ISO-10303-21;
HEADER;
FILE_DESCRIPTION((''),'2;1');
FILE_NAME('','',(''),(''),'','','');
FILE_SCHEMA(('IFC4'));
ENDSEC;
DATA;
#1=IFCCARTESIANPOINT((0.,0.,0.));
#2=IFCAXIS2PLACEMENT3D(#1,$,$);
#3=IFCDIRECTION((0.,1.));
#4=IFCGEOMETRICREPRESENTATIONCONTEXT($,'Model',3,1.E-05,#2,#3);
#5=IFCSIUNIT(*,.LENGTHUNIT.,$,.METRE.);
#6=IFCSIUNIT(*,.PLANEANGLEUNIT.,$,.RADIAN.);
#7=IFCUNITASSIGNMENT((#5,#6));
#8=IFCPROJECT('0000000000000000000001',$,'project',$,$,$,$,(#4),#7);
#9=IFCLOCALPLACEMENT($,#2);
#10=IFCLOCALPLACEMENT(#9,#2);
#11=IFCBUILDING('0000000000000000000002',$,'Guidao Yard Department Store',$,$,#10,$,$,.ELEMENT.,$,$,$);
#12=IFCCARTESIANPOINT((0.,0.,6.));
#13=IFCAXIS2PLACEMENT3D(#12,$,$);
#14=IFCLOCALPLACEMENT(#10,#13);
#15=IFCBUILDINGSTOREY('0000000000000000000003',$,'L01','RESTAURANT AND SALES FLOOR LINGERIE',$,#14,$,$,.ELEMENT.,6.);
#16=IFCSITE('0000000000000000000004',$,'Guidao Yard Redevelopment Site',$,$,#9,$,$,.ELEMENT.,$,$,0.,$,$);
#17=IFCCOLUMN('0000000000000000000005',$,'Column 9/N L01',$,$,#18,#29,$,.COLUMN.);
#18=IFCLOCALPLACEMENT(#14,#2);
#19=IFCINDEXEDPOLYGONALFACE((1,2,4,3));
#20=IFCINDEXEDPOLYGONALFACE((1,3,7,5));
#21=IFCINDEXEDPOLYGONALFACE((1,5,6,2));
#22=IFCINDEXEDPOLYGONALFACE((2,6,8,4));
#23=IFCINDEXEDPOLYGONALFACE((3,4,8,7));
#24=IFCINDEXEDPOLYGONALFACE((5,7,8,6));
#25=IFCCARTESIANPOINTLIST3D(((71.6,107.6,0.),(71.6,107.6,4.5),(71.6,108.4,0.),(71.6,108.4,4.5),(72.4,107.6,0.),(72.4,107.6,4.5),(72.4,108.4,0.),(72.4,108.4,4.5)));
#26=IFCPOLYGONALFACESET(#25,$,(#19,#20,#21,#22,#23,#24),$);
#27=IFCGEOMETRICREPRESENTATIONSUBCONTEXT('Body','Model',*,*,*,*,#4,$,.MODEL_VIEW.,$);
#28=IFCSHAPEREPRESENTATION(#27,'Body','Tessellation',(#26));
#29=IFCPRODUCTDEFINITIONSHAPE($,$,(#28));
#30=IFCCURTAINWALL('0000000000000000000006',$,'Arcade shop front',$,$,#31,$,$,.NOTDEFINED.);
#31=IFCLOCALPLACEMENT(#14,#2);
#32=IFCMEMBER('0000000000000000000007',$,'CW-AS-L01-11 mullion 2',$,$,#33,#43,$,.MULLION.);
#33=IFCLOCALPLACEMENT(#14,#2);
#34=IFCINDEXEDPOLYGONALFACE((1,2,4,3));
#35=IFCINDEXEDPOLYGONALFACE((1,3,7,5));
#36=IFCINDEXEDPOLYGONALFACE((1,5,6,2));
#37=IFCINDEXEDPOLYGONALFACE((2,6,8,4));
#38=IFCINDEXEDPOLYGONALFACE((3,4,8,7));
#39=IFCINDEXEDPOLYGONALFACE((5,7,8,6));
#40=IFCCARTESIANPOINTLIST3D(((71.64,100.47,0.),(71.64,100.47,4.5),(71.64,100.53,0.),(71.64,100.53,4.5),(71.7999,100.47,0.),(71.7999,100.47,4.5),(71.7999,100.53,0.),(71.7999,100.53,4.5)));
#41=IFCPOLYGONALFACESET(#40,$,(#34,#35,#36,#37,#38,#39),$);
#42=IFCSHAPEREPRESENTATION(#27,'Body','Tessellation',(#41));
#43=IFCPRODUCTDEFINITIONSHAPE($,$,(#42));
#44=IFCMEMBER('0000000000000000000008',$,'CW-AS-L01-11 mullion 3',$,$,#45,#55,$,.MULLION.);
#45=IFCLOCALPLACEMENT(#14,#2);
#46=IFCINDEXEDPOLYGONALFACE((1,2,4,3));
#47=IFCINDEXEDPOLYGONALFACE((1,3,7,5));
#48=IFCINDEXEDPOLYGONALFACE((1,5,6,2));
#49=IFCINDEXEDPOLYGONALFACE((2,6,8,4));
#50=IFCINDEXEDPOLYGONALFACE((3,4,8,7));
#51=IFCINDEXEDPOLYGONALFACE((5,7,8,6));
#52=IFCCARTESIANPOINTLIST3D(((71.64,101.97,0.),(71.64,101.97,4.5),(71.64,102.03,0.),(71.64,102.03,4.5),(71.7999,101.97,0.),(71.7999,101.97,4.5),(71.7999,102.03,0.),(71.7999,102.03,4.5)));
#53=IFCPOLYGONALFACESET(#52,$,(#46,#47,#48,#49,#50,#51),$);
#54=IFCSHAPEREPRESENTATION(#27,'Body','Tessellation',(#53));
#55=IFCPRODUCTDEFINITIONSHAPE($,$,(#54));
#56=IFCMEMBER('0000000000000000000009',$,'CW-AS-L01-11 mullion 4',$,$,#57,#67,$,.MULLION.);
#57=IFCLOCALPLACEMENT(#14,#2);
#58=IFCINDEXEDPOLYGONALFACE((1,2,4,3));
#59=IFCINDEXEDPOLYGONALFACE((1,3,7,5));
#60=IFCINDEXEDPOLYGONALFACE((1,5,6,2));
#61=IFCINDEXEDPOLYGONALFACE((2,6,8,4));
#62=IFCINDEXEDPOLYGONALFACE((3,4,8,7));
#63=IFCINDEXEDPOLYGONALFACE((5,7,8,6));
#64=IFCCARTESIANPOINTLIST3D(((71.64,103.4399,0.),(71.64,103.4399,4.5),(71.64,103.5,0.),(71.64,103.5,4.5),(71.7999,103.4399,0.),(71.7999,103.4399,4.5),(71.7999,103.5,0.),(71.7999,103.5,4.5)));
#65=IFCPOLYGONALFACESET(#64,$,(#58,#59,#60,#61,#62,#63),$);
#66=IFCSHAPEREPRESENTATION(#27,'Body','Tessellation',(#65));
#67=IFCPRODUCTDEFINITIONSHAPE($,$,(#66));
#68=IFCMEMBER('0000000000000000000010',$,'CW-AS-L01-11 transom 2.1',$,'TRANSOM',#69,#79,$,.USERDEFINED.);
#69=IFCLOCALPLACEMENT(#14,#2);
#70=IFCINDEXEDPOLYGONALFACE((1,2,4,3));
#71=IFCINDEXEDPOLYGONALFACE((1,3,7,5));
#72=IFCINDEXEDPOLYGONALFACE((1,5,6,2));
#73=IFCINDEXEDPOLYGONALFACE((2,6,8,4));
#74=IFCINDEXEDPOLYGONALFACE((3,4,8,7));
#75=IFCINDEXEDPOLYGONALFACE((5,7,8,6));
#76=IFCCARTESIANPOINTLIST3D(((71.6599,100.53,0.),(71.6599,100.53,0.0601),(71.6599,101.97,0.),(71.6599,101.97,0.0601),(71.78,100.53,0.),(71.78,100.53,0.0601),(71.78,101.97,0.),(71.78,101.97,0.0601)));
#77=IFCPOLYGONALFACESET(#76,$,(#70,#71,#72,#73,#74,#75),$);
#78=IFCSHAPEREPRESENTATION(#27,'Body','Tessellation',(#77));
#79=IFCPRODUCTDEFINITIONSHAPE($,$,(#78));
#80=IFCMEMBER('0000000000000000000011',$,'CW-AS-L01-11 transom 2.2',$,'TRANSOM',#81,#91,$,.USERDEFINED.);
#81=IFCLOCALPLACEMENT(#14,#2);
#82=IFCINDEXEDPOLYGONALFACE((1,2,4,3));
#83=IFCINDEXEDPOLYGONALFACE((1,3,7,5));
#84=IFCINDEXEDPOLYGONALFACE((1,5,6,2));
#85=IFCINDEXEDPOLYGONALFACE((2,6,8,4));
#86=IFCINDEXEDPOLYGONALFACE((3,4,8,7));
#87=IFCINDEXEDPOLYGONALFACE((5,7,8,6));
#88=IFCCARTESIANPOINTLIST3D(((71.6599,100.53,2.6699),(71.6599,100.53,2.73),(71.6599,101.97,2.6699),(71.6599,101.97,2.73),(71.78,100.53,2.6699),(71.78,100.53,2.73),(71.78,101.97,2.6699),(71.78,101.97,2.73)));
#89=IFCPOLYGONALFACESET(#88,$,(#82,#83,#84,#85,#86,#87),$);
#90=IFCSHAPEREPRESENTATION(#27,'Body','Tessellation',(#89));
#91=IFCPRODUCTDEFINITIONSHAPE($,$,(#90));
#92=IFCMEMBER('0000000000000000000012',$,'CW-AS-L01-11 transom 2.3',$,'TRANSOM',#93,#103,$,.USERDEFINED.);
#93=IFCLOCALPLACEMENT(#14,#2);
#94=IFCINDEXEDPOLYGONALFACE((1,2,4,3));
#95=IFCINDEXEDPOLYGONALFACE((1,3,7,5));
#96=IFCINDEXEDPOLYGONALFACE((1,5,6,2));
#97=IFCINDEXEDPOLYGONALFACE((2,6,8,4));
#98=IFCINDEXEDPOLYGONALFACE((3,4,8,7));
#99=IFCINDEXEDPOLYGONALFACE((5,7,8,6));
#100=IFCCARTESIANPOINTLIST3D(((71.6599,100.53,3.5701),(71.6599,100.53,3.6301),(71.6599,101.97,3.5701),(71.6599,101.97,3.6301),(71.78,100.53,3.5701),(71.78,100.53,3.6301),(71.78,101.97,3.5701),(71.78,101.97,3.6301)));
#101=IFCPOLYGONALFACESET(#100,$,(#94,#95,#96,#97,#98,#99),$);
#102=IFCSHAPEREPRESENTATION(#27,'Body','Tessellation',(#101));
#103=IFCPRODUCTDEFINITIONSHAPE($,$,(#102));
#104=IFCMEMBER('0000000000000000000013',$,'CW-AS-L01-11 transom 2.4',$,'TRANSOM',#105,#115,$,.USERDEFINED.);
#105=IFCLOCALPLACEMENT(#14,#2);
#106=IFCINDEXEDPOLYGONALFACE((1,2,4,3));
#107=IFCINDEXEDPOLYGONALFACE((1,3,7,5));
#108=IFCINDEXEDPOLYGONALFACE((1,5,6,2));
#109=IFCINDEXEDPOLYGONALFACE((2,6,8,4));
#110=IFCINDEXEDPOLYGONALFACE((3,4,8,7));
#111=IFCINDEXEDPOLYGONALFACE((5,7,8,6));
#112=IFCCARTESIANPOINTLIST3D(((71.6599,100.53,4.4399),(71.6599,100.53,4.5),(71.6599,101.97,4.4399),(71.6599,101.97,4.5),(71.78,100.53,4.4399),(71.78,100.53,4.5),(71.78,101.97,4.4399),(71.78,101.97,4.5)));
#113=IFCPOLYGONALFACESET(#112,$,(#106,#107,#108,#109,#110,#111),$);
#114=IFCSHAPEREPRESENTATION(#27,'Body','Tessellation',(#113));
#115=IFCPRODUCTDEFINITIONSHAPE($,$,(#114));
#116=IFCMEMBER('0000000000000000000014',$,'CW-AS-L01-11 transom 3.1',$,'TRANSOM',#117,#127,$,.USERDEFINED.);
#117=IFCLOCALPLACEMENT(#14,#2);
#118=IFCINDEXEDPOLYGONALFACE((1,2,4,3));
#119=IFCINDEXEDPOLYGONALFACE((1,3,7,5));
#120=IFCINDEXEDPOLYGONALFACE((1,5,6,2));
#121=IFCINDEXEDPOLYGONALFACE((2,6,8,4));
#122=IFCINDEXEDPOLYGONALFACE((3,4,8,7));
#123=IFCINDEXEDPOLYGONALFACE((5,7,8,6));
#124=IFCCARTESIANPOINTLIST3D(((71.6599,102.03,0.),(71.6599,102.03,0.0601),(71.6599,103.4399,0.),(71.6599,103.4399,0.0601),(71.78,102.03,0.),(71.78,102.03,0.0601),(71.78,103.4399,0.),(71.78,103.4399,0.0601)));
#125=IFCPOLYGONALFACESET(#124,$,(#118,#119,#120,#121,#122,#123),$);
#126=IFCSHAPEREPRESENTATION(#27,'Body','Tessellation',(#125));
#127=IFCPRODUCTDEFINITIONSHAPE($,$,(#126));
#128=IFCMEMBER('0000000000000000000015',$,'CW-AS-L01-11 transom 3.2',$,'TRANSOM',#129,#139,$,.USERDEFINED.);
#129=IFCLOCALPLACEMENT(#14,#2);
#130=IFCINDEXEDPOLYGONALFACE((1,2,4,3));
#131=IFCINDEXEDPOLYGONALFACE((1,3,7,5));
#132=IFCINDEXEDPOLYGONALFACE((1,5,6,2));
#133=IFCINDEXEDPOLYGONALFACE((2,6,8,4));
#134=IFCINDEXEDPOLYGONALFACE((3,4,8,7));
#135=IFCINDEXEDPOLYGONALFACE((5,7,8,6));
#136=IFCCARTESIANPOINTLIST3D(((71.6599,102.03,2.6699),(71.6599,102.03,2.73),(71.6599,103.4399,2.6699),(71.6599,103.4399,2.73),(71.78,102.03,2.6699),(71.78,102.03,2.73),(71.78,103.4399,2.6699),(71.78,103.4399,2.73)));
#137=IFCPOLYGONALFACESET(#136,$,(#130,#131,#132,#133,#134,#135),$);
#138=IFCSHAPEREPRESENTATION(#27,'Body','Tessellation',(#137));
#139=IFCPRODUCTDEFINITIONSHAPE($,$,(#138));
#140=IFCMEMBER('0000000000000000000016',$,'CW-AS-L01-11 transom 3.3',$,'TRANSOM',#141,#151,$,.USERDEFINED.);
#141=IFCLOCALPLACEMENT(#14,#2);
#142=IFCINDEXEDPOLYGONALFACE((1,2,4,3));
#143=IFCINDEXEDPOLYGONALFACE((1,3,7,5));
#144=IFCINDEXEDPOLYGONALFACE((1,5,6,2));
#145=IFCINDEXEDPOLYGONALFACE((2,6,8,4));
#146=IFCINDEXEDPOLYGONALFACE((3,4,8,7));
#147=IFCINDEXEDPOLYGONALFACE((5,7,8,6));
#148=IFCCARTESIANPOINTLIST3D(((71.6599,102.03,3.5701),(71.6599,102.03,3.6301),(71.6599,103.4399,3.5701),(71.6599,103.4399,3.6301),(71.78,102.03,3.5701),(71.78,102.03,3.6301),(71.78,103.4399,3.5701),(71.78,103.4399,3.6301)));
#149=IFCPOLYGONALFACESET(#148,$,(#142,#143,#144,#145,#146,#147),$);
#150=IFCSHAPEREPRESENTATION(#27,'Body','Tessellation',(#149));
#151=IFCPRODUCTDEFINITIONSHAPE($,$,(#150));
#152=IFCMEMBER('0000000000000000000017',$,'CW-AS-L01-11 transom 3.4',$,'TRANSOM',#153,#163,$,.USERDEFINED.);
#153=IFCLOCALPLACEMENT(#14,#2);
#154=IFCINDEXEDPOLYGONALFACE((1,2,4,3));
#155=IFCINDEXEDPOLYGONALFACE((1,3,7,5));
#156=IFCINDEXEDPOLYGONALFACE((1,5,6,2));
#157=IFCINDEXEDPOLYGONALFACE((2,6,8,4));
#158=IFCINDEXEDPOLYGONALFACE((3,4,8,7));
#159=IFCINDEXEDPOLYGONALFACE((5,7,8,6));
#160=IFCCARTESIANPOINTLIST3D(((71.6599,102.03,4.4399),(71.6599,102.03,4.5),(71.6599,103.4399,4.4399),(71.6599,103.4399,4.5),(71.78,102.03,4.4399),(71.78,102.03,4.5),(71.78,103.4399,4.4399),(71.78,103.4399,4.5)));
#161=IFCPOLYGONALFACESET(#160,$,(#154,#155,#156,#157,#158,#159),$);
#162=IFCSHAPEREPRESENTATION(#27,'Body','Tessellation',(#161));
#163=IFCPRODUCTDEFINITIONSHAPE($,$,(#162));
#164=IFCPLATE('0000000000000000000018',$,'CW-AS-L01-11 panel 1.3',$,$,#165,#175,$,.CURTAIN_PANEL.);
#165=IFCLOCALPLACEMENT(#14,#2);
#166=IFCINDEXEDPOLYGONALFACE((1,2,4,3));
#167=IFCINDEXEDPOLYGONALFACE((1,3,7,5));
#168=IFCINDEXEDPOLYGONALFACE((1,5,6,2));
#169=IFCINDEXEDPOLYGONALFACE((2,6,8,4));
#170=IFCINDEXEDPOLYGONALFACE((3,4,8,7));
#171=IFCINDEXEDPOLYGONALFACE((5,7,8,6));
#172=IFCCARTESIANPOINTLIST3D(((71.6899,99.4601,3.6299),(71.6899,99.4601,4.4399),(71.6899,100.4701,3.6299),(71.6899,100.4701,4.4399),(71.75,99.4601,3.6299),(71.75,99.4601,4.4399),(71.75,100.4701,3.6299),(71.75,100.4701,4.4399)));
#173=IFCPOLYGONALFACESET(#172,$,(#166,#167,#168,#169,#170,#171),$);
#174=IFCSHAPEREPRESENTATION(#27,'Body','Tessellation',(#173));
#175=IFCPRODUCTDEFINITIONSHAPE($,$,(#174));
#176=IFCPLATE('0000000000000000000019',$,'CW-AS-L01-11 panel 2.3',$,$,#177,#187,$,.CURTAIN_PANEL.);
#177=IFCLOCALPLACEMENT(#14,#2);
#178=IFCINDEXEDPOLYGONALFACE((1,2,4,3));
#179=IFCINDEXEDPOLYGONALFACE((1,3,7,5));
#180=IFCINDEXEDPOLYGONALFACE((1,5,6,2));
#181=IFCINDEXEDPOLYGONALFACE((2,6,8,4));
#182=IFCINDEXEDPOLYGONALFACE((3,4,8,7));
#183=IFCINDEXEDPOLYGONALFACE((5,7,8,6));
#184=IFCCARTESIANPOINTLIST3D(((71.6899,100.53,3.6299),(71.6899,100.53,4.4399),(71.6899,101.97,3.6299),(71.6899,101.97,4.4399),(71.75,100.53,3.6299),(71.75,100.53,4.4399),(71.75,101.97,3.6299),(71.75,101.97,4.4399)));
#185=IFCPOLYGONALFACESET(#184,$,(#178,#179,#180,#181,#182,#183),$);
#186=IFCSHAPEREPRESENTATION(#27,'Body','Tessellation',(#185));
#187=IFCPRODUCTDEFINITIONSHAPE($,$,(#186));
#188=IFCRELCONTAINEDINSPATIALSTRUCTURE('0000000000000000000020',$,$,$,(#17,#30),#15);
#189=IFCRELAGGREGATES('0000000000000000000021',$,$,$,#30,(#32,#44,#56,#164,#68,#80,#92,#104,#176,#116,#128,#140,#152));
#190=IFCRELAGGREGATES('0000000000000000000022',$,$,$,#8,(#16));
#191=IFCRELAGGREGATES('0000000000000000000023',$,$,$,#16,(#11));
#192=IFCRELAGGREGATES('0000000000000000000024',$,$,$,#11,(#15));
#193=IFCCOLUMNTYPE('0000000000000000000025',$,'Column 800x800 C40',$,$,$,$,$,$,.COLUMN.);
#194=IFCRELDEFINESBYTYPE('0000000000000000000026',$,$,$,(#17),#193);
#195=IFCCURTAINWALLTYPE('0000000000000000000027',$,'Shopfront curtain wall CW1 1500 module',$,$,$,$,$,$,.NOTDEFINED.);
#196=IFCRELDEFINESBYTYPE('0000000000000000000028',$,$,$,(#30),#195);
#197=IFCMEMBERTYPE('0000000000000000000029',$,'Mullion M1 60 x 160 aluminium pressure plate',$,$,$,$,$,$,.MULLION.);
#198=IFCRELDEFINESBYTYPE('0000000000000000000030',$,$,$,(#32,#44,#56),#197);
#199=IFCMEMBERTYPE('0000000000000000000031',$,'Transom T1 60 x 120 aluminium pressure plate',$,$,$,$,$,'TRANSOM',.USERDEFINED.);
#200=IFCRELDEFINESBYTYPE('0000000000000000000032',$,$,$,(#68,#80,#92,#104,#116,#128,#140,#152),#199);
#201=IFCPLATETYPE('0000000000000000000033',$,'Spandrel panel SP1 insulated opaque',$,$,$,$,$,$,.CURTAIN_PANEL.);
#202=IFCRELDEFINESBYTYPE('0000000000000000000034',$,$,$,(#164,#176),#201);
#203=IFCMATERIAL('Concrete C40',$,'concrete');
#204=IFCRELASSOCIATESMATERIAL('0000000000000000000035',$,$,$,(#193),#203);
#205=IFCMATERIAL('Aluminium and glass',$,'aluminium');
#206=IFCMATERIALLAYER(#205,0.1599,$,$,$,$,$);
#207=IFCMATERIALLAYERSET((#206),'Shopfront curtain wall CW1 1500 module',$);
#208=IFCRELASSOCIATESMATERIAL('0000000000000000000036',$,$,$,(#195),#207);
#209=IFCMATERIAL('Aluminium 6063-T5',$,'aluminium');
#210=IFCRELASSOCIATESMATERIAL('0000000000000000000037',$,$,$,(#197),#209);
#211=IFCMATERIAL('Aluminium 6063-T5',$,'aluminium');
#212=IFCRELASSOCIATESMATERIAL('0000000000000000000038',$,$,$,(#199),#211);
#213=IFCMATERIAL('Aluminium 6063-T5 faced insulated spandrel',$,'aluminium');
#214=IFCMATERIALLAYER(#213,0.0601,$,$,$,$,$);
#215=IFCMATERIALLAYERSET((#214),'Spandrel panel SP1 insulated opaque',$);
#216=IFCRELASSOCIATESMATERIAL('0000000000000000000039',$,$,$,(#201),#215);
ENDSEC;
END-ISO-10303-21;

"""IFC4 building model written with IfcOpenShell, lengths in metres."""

from ifc_helpers import new_model, si_unit, direction, frame, origin, origin_2d, place, context, subcontext, project, spatial, rectangle, extrude, material, layer, layer_set, material_profile, profile_set, type_object, element, aggregate, save


model = new_model("IFC4")

# Units and contexts
model_context = context("Model", 3, precision=1e-05, world=origin(), true_north=direction((0.0, 1.0)))
body_context = subcontext(model_context, "Body", "Model", "MODEL_VIEW")
ifc_project = project(units=[si_unit("LENGTHUNIT", "METRE"), si_unit("PLANEANGLEUNIT", "RADIAN")], contexts=[model_context])

# Site, building, storey
site_placement = place(None, origin())
site = spatial("IfcSite", under=ifc_project, at=site_placement, Name="Guidao Yard Redevelopment Site", CompositionType="ELEMENT", RefElevation=0.0)
building_placement = place(site_placement, origin())
building = spatial("IfcBuilding", under=site, at=building_placement, Name="Guidao Yard Department Store", CompositionType="ELEMENT")
storey_placement = place(building_placement, frame((0.0, 0.0, 6.0)))
storey = spatial("IfcBuildingStorey", under=building, at=storey_placement, Name="L01", Description="RESTAURANT AND SALES FLOOR LINGERIE", CompositionType="ELEMENT", Elevation=6.0)

# Column
ifc_material_1 = material(Name="Concrete C40", Category="concrete")
ifc_material_profile_1 = material_profile(ifc_material_1, rectangle(XDim=0.8, YDim=0.8, at=origin_2d()), Name="COL 800x800")
ifc_profile_set_1 = profile_set([ifc_material_profile_1], Name="Concrete C40")
column_type = type_object("IfcColumnType", Name="Column 800x800 C40", PredefinedType="COLUMN", material=ifc_profile_set_1)
column_placement = place(storey_placement, frame((72.0, 108.0, 0.0), z_axis=(0.0, 0.0, 1.0), x_axis=(1.0, 0.0, 0.0)))
element("IfcColumn", 1, at=column_placement, inside=storey, type_object=column_type, Name="Column 9/N L01", PredefinedType="COLUMN", context=body_context, shape_type="SweptSolid", body=[
    extrude(rectangle(XDim=0.8, YDim=0.8, at=origin_2d()), origin(), (0.0, 0.0, 1.0), 4.5),
])

# Curtain wall, members, plates
ifc_material_2 = material(Name="Aluminium and glass", Category="aluminium")
ifc_layer_1 = layer(ifc_material_2, 0.1599)
ifc_layer_set_1 = layer_set([ifc_layer_1], Name="Shopfront curtain wall CW1 1500 module")
curtain_wall_type = type_object("IfcCurtainWallType", Name="Shopfront curtain wall CW1 1500 module", PredefinedType="NOTDEFINED", material=ifc_layer_set_1)
curtain_wall_placement = place(storey_placement, origin())
curtain_wall = element("IfcCurtainWall", 2, at=curtain_wall_placement, inside=storey, type_object=curtain_wall_type, Name="Arcade shop front", PredefinedType="NOTDEFINED")
ifc_material_3 = material(Name="Aluminium 6063-T5", Category="aluminium")
ifc_material_profile_2 = material_profile(ifc_material_3, rectangle(XDim=0.0601, YDim=0.1599, at=origin_2d()), Name="Mullion M1 60 x 160 aluminium pressure plate")
ifc_profile_set_2 = profile_set([ifc_material_profile_2], Name="Aluminium 6063-T5")
member_type_1 = type_object("IfcMemberType", Name="Mullion M1 60 x 160 aluminium pressure plate", PredefinedType="MULLION", material=ifc_profile_set_2)
member_1_placement = place(storey_placement, frame((71.72, 100.5, 0.0), z_axis=(0.0, 0.0, 1.0), x_axis=(0.0, 1.0, 0.0)))
member_1 = element("IfcMember", 3, at=member_1_placement, type_object=member_type_1, Name="CW-AS-L01-11 mullion 2", PredefinedType="MULLION", context=body_context, shape_type="SweptSolid", body=[
    extrude(rectangle(XDim=0.0601, YDim=0.1599, at=origin_2d()), origin(), (0.0, 0.0, 1.0), 4.5),
])
member_2_placement = place(storey_placement, frame((71.72, 102.0, 0.0), z_axis=(0.0, 0.0, 1.0), x_axis=(0.0, 1.0, 0.0)))
member_2 = element("IfcMember", 4, at=member_2_placement, type_object=member_type_1, Name="CW-AS-L01-11 mullion 3", PredefinedType="MULLION", context=body_context, shape_type="SweptSolid", body=[
    extrude(rectangle(XDim=0.0601, YDim=0.1599, at=origin_2d()), origin(), (0.0, 0.0, 1.0), 4.5),
])
member_3_placement = place(storey_placement, frame((71.72, 103.47, 0.0), z_axis=(0.0, 0.0, 1.0), x_axis=(0.0, 1.0, 0.0)))
member_3 = element("IfcMember", 5, at=member_3_placement, type_object=member_type_1, Name="CW-AS-L01-11 mullion 4", PredefinedType="MULLION", context=body_context, shape_type="SweptSolid", body=[
    extrude(rectangle(XDim=0.0601, YDim=0.1599, at=origin_2d()), origin(), (0.0, 0.0, 1.0), 4.5),
])
ifc_material_4 = material(Name="Aluminium 6063-T5", Category="aluminium")
ifc_material_profile_3 = material_profile(ifc_material_4, rectangle(XDim=0.1201, YDim=0.0601, at=origin_2d()), Name="Transom T1 60 x 120 aluminium pressure plate")
ifc_profile_set_3 = profile_set([ifc_material_profile_3], Name="Aluminium 6063-T5")
member_type_2 = type_object("IfcMemberType", Name="Transom T1 60 x 120 aluminium pressure plate", ElementType="TRANSOM", PredefinedType="USERDEFINED", material=ifc_profile_set_3)
member_4_placement = place(storey_placement, frame((71.72, 100.53, 0.03), z_axis=(0.0, 1.0, 0.0), x_axis=(-1.0, 0.0, 0.0)))
member_4 = element("IfcMember", 6, at=member_4_placement, type_object=member_type_2, Name="CW-AS-L01-11 transom 2.1", ObjectType="TRANSOM", PredefinedType="USERDEFINED", context=body_context, shape_type="SweptSolid", body=[
    extrude(rectangle(XDim=0.1201, YDim=0.0601, at=origin_2d()), origin(), (0.0, 0.0, 1.0), 1.4399),
])
member_5_placement = place(storey_placement, frame((71.72, 100.53, 2.7), z_axis=(0.0, 1.0, 0.0), x_axis=(-1.0, 0.0, 0.0)))
member_5 = element("IfcMember", 7, at=member_5_placement, type_object=member_type_2, Name="CW-AS-L01-11 transom 2.2", ObjectType="TRANSOM", PredefinedType="USERDEFINED", context=body_context, shape_type="SweptSolid", body=[
    extrude(rectangle(XDim=0.1201, YDim=0.0601, at=origin_2d()), origin(), (0.0, 0.0, 1.0), 1.4399),
])
member_6_placement = place(storey_placement, frame((71.72, 100.53, 3.6001), z_axis=(0.0, 1.0, 0.0), x_axis=(-1.0, 0.0, 0.0)))
member_6 = element("IfcMember", 8, at=member_6_placement, type_object=member_type_2, Name="CW-AS-L01-11 transom 2.3", ObjectType="TRANSOM", PredefinedType="USERDEFINED", context=body_context, shape_type="SweptSolid", body=[
    extrude(rectangle(XDim=0.1201, YDim=0.0601, at=origin_2d()), origin(), (0.0, 0.0, 1.0), 1.4399),
])
member_7_placement = place(storey_placement, frame((71.72, 100.53, 4.47), z_axis=(0.0, 1.0, 0.0), x_axis=(-1.0, 0.0, 0.0)))
member_7 = element("IfcMember", 9, at=member_7_placement, type_object=member_type_2, Name="CW-AS-L01-11 transom 2.4", ObjectType="TRANSOM", PredefinedType="USERDEFINED", context=body_context, shape_type="SweptSolid", body=[
    extrude(rectangle(XDim=0.1201, YDim=0.0601, at=origin_2d()), origin(), (0.0, 0.0, 1.0), 1.4399),
])
member_8_placement = place(storey_placement, frame((71.72, 102.03, 0.03), z_axis=(0.0, 1.0, 0.0), x_axis=(-1.0, 0.0, 0.0)))
member_8 = element("IfcMember", 10, at=member_8_placement, type_object=member_type_2, Name="CW-AS-L01-11 transom 3.1", ObjectType="TRANSOM", PredefinedType="USERDEFINED", context=body_context, shape_type="SweptSolid", body=[
    extrude(rectangle(XDim=0.1201, YDim=0.0601, at=origin_2d()), origin(), (0.0, 0.0, 1.0), 1.4099),
])
member_9_placement = place(storey_placement, frame((71.72, 102.03, 2.7), z_axis=(0.0, 1.0, 0.0), x_axis=(-1.0, 0.0, 0.0)))
member_9 = element("IfcMember", 11, at=member_9_placement, type_object=member_type_2, Name="CW-AS-L01-11 transom 3.2", ObjectType="TRANSOM", PredefinedType="USERDEFINED", context=body_context, shape_type="SweptSolid", body=[
    extrude(rectangle(XDim=0.1201, YDim=0.0601, at=origin_2d()), origin(), (0.0, 0.0, 1.0), 1.4099),
])
member_10_placement = place(storey_placement, frame((71.72, 102.03, 3.6001), z_axis=(0.0, 1.0, 0.0), x_axis=(-1.0, 0.0, 0.0)))
member_10 = element("IfcMember", 12, at=member_10_placement, type_object=member_type_2, Name="CW-AS-L01-11 transom 3.3", ObjectType="TRANSOM", PredefinedType="USERDEFINED", context=body_context, shape_type="SweptSolid", body=[
    extrude(rectangle(XDim=0.1201, YDim=0.0601, at=origin_2d()), origin(), (0.0, 0.0, 1.0), 1.4099),
])
member_11_placement = place(storey_placement, frame((71.72, 102.03, 4.47), z_axis=(0.0, 1.0, 0.0), x_axis=(-1.0, 0.0, 0.0)))
member_11 = element("IfcMember", 13, at=member_11_placement, type_object=member_type_2, Name="CW-AS-L01-11 transom 3.4", ObjectType="TRANSOM", PredefinedType="USERDEFINED", context=body_context, shape_type="SweptSolid", body=[
    extrude(rectangle(XDim=0.1201, YDim=0.0601, at=origin_2d()), origin(), (0.0, 0.0, 1.0), 1.4099),
])
ifc_material_5 = material(Name="Aluminium 6063-T5 faced insulated spandrel", Category="aluminium")
ifc_layer_2 = layer(ifc_material_5, 0.0601)
ifc_layer_set_2 = layer_set([ifc_layer_2], Name="Spandrel panel SP1 insulated opaque")
plate_type_1 = type_object("IfcPlateType", Name="Spandrel panel SP1 insulated opaque", PredefinedType="CURTAIN_PANEL", material=ifc_layer_set_2)
plate_1_placement = place(storey_placement, frame((71.72, 99.9651, 3.6299), z_axis=(0.0, 0.0, 1.0), x_axis=(0.0, 1.0, 0.0)))
plate_1 = element("IfcPlate", 14, at=plate_1_placement, type_object=plate_type_1, Name="CW-AS-L01-11 panel 1.3", PredefinedType="CURTAIN_PANEL", context=body_context, shape_type="SweptSolid", body=[
    extrude(rectangle(XDim=1.01, YDim=0.0601, at=origin_2d()), origin(), (0.0, 0.0, 1.0), 0.8101),
])
plate_2_placement = place(storey_placement, frame((71.72, 101.25, 3.6299), z_axis=(0.0, 0.0, 1.0), x_axis=(0.0, 1.0, 0.0)))
plate_2 = element("IfcPlate", 15, at=plate_2_placement, type_object=plate_type_1, Name="CW-AS-L01-11 panel 2.3", PredefinedType="CURTAIN_PANEL", context=body_context, shape_type="SweptSolid", body=[
    extrude(rectangle(XDim=1.4399, YDim=0.0601, at=origin_2d()), origin(), (0.0, 0.0, 1.0), 0.8101),
])
aggregate(curtain_wall, [member_1, member_2, member_3, plate_1, member_4, member_5, member_6, member_7, plate_2, member_8, member_9, member_10, member_11])

save(model, "model.ifc")
